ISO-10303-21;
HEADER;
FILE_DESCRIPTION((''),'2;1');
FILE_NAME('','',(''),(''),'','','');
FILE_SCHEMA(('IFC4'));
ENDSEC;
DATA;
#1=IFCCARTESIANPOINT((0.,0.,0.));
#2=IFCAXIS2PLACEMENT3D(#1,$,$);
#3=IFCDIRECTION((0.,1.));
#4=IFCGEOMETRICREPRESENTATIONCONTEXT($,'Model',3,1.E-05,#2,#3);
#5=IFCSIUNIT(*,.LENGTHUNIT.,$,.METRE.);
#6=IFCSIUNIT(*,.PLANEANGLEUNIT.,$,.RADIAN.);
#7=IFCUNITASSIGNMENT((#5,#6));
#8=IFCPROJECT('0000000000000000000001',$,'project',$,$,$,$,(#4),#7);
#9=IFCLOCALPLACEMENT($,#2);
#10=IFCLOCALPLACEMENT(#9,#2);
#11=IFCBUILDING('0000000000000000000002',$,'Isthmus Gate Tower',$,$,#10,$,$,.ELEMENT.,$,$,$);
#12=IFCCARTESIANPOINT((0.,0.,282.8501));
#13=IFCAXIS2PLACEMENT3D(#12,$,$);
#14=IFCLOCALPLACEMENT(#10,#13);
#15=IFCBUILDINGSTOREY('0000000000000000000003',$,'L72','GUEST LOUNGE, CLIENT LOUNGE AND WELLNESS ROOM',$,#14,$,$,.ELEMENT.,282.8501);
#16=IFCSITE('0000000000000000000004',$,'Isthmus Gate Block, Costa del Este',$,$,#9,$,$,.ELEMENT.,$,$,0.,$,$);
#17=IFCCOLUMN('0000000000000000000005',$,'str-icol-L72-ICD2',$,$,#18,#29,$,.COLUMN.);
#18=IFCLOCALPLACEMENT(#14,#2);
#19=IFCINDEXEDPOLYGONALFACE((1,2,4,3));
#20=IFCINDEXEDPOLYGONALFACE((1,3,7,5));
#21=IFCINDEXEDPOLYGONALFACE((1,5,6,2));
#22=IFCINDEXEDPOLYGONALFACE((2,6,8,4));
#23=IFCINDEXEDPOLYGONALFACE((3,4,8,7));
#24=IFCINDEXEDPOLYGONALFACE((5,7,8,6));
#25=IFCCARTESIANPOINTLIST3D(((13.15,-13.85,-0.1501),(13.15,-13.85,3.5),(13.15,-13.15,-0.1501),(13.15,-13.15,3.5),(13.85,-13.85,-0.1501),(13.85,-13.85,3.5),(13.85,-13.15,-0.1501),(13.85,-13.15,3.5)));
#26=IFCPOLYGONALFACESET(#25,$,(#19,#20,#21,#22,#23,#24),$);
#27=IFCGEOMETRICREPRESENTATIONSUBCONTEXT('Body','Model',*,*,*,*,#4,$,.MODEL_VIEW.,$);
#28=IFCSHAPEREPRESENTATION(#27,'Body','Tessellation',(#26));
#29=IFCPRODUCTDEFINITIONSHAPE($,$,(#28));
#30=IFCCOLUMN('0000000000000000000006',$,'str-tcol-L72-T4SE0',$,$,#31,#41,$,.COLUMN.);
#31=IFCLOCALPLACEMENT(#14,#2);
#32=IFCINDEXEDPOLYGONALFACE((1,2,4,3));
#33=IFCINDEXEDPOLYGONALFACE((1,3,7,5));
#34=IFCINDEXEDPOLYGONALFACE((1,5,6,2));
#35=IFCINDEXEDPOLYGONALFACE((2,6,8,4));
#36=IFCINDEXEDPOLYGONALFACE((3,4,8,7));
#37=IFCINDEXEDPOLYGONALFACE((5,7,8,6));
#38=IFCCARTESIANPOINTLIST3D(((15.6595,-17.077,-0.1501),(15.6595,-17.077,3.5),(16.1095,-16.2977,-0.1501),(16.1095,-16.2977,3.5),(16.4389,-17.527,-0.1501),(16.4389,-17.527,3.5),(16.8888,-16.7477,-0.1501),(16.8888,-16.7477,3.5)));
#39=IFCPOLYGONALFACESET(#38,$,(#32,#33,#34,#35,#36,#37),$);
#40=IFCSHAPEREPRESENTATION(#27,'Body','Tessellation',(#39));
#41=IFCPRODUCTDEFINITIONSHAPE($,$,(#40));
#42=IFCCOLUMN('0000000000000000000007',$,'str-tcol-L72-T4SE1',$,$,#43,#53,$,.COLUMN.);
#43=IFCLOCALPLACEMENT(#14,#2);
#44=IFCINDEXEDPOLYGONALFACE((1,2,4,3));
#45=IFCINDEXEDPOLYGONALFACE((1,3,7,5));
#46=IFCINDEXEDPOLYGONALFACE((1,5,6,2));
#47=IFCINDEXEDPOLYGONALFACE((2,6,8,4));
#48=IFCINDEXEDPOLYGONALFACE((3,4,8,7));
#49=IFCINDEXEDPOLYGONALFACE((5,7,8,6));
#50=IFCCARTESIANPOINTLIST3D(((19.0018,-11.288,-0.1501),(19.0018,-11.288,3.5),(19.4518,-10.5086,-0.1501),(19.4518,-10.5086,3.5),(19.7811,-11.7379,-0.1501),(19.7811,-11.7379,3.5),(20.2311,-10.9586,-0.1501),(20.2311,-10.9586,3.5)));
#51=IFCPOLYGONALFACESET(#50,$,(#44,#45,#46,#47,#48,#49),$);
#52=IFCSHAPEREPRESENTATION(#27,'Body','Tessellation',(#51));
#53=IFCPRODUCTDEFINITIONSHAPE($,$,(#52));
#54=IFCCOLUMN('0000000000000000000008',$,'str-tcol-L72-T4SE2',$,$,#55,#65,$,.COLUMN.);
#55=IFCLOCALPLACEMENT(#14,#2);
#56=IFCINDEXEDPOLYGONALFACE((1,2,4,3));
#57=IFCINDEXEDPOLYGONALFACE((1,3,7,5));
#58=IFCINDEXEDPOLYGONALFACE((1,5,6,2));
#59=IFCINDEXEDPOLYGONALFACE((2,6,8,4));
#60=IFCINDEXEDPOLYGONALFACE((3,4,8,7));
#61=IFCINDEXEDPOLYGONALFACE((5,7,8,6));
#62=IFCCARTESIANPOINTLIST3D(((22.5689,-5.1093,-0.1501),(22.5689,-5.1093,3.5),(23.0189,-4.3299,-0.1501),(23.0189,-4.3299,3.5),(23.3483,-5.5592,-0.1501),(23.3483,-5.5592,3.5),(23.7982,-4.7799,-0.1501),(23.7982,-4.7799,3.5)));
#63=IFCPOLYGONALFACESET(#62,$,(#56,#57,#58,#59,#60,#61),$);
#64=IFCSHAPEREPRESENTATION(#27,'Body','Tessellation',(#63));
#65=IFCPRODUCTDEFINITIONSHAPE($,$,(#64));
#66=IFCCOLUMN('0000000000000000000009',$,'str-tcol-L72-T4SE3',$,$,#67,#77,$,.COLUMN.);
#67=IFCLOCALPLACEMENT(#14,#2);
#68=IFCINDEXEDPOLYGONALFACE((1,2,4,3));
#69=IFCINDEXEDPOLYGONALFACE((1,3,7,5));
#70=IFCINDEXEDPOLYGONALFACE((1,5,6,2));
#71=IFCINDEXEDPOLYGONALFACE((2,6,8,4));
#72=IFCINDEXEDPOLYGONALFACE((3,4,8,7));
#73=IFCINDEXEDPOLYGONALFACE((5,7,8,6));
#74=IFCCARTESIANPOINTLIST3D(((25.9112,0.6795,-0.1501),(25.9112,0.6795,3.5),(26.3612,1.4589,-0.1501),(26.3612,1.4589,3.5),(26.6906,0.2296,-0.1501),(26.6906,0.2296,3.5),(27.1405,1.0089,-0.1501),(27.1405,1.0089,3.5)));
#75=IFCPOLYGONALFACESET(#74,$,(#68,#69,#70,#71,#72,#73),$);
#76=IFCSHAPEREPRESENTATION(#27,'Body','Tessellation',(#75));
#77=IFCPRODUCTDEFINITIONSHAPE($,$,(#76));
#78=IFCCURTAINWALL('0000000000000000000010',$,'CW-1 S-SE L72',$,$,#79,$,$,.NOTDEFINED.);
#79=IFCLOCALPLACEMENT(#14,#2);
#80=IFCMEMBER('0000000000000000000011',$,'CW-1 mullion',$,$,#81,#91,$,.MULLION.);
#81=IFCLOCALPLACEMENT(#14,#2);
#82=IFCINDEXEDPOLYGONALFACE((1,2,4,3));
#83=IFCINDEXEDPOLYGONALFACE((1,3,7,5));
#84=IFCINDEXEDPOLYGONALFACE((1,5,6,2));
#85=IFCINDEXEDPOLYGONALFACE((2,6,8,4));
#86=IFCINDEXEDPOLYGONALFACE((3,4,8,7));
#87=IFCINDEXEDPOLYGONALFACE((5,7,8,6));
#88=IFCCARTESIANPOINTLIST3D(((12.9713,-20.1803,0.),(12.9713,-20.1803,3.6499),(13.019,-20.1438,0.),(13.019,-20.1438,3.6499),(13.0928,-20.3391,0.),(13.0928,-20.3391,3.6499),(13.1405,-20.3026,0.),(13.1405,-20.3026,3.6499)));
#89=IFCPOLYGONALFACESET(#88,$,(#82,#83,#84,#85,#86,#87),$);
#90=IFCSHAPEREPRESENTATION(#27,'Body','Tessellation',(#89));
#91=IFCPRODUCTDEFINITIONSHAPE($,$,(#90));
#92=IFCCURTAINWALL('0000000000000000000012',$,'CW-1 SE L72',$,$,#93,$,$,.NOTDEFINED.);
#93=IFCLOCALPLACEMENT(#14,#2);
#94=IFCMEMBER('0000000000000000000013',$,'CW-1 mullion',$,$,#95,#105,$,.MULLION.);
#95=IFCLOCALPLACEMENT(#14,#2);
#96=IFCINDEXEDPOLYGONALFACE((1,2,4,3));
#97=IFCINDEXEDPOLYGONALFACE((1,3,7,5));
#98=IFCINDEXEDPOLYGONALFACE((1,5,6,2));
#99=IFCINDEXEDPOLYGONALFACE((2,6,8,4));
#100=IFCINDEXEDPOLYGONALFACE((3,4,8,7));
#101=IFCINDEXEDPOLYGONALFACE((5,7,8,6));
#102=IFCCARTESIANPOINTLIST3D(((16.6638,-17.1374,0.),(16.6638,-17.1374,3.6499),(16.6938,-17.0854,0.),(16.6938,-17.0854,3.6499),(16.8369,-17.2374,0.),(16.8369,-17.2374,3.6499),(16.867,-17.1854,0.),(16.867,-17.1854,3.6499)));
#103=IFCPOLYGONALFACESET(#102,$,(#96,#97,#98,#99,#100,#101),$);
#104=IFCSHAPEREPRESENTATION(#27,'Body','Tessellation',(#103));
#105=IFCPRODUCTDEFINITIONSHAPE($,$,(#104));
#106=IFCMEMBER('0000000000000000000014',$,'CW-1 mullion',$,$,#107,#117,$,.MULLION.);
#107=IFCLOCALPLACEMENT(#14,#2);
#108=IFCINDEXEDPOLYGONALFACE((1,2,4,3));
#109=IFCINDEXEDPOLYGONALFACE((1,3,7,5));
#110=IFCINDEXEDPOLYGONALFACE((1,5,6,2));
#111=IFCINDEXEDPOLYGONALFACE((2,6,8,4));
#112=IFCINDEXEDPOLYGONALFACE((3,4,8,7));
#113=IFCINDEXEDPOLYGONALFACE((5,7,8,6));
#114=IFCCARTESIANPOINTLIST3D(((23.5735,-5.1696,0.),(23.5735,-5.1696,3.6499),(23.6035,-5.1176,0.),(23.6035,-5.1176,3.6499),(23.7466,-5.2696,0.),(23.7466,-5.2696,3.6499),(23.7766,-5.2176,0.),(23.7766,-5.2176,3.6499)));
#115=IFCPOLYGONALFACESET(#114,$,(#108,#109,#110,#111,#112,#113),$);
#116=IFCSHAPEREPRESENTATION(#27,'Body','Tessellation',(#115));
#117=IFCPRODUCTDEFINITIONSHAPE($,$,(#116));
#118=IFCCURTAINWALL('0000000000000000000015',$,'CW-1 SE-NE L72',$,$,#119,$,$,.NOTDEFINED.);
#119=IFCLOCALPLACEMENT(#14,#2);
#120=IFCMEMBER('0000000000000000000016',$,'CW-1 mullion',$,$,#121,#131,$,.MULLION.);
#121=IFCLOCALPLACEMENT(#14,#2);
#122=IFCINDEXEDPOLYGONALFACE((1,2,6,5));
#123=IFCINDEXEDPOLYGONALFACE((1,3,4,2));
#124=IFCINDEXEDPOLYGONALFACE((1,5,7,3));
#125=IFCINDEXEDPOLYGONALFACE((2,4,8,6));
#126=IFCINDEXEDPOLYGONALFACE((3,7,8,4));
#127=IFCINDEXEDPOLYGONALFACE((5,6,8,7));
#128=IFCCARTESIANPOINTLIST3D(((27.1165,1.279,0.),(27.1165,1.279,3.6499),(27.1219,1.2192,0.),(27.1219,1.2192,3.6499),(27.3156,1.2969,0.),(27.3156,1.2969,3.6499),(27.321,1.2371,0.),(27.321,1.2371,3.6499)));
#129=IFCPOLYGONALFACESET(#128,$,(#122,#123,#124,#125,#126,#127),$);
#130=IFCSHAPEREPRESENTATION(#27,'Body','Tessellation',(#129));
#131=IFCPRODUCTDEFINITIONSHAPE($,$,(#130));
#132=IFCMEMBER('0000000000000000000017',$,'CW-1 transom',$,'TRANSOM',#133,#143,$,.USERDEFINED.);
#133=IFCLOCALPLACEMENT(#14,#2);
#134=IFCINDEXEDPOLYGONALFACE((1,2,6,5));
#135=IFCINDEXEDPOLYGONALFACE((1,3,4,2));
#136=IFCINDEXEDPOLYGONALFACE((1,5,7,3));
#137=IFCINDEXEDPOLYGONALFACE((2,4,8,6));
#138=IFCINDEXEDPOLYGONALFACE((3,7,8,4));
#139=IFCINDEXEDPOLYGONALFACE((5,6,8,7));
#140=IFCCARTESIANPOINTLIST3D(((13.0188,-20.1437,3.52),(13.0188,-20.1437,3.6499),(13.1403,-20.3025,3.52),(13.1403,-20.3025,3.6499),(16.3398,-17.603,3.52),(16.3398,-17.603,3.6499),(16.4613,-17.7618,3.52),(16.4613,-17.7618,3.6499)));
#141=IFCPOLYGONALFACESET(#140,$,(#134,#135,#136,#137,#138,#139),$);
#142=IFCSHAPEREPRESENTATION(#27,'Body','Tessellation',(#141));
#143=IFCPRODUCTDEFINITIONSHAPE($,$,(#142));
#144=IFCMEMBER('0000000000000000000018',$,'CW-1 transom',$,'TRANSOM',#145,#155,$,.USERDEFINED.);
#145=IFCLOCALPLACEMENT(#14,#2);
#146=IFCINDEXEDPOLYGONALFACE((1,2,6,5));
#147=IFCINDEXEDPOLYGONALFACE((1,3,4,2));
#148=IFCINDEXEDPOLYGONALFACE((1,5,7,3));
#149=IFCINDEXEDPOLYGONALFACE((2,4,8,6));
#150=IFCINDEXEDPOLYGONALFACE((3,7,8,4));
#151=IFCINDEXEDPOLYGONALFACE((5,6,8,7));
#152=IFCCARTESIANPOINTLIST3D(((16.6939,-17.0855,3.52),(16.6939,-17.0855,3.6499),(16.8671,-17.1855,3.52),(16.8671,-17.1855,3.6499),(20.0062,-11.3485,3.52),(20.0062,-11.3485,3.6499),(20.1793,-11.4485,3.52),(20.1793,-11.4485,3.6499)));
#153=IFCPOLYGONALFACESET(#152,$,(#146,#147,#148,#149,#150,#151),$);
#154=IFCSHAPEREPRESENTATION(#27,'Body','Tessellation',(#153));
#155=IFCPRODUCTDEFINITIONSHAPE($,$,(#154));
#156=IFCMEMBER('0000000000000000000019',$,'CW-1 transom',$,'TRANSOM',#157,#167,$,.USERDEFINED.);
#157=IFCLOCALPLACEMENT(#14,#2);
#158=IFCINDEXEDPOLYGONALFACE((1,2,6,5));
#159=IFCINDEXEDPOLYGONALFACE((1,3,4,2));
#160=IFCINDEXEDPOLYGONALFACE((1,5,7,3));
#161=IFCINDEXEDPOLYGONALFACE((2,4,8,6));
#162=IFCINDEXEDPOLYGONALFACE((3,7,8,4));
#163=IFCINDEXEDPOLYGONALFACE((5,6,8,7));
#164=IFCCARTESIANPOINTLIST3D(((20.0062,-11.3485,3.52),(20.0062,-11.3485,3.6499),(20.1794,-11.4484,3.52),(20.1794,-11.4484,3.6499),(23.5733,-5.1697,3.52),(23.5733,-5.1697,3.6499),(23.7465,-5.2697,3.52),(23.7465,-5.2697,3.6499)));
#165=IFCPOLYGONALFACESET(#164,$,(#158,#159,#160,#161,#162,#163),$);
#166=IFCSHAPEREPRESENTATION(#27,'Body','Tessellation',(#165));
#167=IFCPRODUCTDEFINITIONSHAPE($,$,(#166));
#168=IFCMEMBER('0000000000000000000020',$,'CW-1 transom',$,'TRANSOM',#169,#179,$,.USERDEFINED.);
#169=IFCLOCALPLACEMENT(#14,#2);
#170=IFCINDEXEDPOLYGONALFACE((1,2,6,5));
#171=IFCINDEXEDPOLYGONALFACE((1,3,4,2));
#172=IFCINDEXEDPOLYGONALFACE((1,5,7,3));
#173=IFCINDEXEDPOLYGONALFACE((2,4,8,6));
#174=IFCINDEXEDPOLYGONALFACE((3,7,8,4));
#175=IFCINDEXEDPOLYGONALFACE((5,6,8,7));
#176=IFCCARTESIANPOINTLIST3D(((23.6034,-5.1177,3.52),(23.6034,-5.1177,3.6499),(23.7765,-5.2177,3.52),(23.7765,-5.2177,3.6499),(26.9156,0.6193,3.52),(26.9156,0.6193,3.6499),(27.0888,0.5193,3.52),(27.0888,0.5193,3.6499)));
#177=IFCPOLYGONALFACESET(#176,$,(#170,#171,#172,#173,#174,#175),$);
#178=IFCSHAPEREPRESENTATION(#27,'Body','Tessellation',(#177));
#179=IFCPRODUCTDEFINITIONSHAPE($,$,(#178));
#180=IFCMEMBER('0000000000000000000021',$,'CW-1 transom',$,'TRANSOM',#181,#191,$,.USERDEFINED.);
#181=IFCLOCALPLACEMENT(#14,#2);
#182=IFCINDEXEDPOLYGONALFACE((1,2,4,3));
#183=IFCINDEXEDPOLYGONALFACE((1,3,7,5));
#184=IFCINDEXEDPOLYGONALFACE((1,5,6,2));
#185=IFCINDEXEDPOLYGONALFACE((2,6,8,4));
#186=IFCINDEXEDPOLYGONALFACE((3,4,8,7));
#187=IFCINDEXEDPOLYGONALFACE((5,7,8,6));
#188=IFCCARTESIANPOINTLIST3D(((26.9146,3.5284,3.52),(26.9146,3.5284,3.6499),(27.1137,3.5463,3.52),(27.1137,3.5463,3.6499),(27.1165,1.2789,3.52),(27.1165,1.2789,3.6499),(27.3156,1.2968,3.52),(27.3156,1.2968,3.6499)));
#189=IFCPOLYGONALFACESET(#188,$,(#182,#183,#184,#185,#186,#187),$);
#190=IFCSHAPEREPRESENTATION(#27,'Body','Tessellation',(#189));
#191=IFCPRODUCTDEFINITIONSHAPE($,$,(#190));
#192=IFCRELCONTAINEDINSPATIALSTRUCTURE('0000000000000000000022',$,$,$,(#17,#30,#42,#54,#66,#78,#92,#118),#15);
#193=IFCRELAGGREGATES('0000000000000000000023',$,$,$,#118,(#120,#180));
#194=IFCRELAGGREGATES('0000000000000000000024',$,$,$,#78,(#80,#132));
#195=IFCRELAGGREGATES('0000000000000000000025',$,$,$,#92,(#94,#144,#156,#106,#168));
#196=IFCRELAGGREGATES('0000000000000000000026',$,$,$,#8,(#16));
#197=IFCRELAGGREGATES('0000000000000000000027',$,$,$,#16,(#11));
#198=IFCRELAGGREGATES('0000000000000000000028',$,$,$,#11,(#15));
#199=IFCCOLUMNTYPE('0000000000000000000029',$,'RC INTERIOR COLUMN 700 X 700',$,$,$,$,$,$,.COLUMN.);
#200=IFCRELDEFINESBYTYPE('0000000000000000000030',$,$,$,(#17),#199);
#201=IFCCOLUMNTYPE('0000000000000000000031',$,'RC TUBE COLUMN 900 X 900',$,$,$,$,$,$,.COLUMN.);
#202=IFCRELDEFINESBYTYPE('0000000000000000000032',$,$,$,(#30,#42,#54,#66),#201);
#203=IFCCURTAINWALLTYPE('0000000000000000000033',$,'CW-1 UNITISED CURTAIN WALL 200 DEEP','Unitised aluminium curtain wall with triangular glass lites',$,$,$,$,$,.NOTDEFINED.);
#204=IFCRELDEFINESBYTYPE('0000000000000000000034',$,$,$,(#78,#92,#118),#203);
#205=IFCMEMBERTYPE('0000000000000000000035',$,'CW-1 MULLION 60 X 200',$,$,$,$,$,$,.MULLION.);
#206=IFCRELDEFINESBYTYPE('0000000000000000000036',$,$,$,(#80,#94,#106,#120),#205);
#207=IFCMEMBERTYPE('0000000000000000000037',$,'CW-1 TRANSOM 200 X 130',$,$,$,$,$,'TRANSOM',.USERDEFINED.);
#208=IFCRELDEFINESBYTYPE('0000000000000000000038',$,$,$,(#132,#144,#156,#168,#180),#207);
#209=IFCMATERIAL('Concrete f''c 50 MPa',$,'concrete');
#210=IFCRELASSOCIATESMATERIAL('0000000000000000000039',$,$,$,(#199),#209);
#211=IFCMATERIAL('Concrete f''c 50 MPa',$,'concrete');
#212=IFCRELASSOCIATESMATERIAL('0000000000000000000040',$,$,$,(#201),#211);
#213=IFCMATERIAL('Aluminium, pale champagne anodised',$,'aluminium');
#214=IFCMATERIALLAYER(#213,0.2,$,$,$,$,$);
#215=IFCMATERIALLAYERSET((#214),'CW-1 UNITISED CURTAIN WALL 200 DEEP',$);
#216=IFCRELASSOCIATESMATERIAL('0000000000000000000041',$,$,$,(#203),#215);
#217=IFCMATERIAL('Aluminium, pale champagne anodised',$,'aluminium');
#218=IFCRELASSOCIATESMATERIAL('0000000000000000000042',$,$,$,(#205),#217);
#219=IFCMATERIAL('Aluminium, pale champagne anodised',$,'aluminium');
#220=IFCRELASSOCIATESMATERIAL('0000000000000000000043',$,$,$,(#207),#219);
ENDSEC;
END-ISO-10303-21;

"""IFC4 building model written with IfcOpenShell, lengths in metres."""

from ifc_helpers import new_model, si_unit, direction, frame, origin, origin_2d, place, context, subcontext, project, spatial, rectangle, extrude, material, layer, layer_set, material_profile, profile_set, type_object, element, aggregate, save


model = new_model("IFC4")

# Units and contexts
model_context = context("Model", 3, precision=1e-05, world=origin(), true_north=direction((0.0, 1.0)))
body_context = subcontext(model_context, "Body", "Model", "MODEL_VIEW")
ifc_project = project(units=[si_unit("LENGTHUNIT", "METRE"), si_unit("PLANEANGLEUNIT", "RADIAN")], contexts=[model_context])

# Site, building, storey
site_placement = place(None, origin())
site = spatial("IfcSite", under=ifc_project, at=site_placement, Name="Isthmus Gate Block, Costa del Este", CompositionType="ELEMENT", RefElevation=0.0)
building_placement = place(site_placement, origin())
building = spatial("IfcBuilding", under=site, at=building_placement, Name="Isthmus Gate Tower", CompositionType="ELEMENT")
storey_placement = place(building_placement, frame((0.0, 0.0, 282.8501)))
storey = spatial("IfcBuildingStorey", under=building, at=storey_placement, Name="L72", Description="GUEST LOUNGE, CLIENT LOUNGE AND WELLNESS ROOM", CompositionType="ELEMENT", Elevation=282.8501)

# Columns
ifc_material_1 = material(Name="Concrete f'c 50 MPa", Category="concrete")
ifc_material_profile_1 = material_profile(ifc_material_1, rectangle(XDim=0.7, YDim=0.7, at=origin_2d()), Name="RC 700X700")
ifc_profile_set_1 = profile_set([ifc_material_profile_1], Name="Concrete f'c 50 MPa")
column_type_1 = type_object("IfcColumnType", Name="RC INTERIOR COLUMN 700 X 700", PredefinedType="COLUMN", material=ifc_profile_set_1)
column_placement = place(storey_placement, frame((13.5, -13.5, -0.1501), z_axis=(0.0, 0.0, 1.0), x_axis=(1.0, 0.0, 0.0)))
element("IfcColumn", 1, at=column_placement, inside=storey, type_object=column_type_1, Name="str-icol-L72-ICD2", PredefinedType="COLUMN", context=body_context, shape_type="SweptSolid", body=[
    extrude(rectangle(XDim=0.7, YDim=0.7, at=origin_2d()), origin(), (0.0, 0.0, 1.0), 3.6501),
])
ifc_material_2 = material(Name="Concrete f'c 50 MPa", Category="concrete")
ifc_material_profile_2 = material_profile(ifc_material_2, rectangle(XDim=0.8999, YDim=0.8999, at=origin_2d()), Name="RC 900X900")
ifc_profile_set_2 = profile_set([ifc_material_profile_2], Name="Concrete f'c 50 MPa")
column_type_2 = type_object("IfcColumnType", Name="RC TUBE COLUMN 900 X 900", PredefinedType="COLUMN", material=ifc_profile_set_2)
for number, where, z_axis, x_axis, name in (
    (2, (16.2742, -16.9124, -0.1501), (0.0, 0.0, 1.0), (0.5, 0.866025, 0.0), "str-tcol-L72-T4SE0"),
    (3, (19.6165, -11.1233, -0.1501), (0.0, 0.0, 1.0), (0.5, 0.866025, 0.0), "str-tcol-L72-T4SE1"),
    (4, (23.1836, -4.9446, -0.1501), (0.0, 0.0, 1.0), (0.5, 0.866025, 0.0), "str-tcol-L72-T4SE2"),
    (5, (26.5259, 0.8442, -0.1501), (0.0, 0.0, 1.0), (0.5, 0.866025, 0.0), "str-tcol-L72-T4SE3"),
):
    element("IfcColumn", number, at=place(storey_placement, frame(where, z_axis=z_axis, x_axis=x_axis)), inside=storey, type_object=column_type_2, Name=name, PredefinedType="COLUMN", context=body_context, shape_type="SweptSolid", body=[
        extrude(rectangle(XDim=0.8999, YDim=0.8999, at=origin_2d()), origin(), (0.0, 0.0, 1.0), 3.6501),
    ])

# Curtain wall, member
ifc_material_3 = material(Name="Aluminium, pale champagne anodised", Category="aluminium")
ifc_layer_1 = layer(ifc_material_3, 0.2)
ifc_layer_set_1 = layer_set([ifc_layer_1], Name="CW-1 UNITISED CURTAIN WALL 200 DEEP")
curtain_wall_type = type_object("IfcCurtainWallType", Name="CW-1 UNITISED CURTAIN WALL 200 DEEP", Description="Unitised aluminium curtain wall with triangular glass lites", PredefinedType="NOTDEFINED", material=ifc_layer_set_1)
curtain_wall_1_placement = place(storey_placement, origin())
curtain_wall_1 = element("IfcCurtainWall", 6, at=curtain_wall_1_placement, inside=storey, type_object=curtain_wall_type, Name="CW-1 S-SE L72", PredefinedType="NOTDEFINED")
ifc_material_4 = material(Name="Aluminium, pale champagne anodised", Category="aluminium")
ifc_material_profile_3 = material_profile(ifc_material_4, rectangle(XDim=0.0601, YDim=0.2, at=origin_2d()), Name="60x200")
ifc_profile_set_3 = profile_set([ifc_material_profile_3], Name="Aluminium, pale champagne anodised")
member_type_1 = type_object("IfcMemberType", Name="CW-1 MULLION 60 X 200", PredefinedType="MULLION", material=ifc_profile_set_3)
member_1_placement = place(storey_placement, frame((13.0559, -20.2415, 0.0), z_axis=(0.0, 0.0, 1.0), x_axis=(0.794189, 0.607671, 0.0)))
member_1 = element("IfcMember", 7, at=member_1_placement, type_object=member_type_1, Name="CW-1 mullion", PredefinedType="MULLION", context=body_context, shape_type="SweptSolid", body=[
    extrude(rectangle(XDim=0.0601, YDim=0.2, at=origin_2d()), origin(), (0.0, 0.0, 1.0), 3.6499),
])

# Curtain wall, members
curtain_wall_2_placement = place(storey_placement, origin())
curtain_wall_2 = element("IfcCurtainWall", 8, at=curtain_wall_2_placement, inside=storey, type_object=curtain_wall_type, Name="CW-1 SE L72", PredefinedType="NOTDEFINED")
member_2_placement = place(storey_placement, frame((16.7654, -17.1614, 0.0), z_axis=(0.0, 0.0, 1.0), x_axis=(0.5, 0.866025, 0.0)))
member_2 = element("IfcMember", 9, at=member_2_placement, type_object=member_type_1, Name="CW-1 mullion", PredefinedType="MULLION", context=body_context, shape_type="SweptSolid", body=[
    extrude(rectangle(XDim=0.0601, YDim=0.2, at=origin_2d()), origin(), (0.0, 0.0, 1.0), 3.6499),
])
member_3_placement = place(storey_placement, frame((23.675, -5.1936, 0.0), z_axis=(0.0, 0.0, 1.0), x_axis=(0.5, 0.866025, 0.0)))
member_3 = element("IfcMember", 10, at=member_3_placement, type_object=member_type_1, Name="CW-1 mullion", PredefinedType="MULLION", context=body_context, shape_type="SweptSolid", body=[
    extrude(rectangle(XDim=0.0601, YDim=0.2, at=origin_2d()), origin(), (0.0, 0.0, 1.0), 3.6499),
])

# Curtain wall, member
curtain_wall_3_placement = place(storey_placement, origin())
curtain_wall_3 = element("IfcCurtainWall", 11, at=curtain_wall_3_placement, inside=storey, type_object=curtain_wall_type, Name="CW-1 SE-NE L72", PredefinedType="NOTDEFINED")
member_4_placement = place(storey_placement, frame((27.2188, 1.2581, 0.0), z_axis=(0.0, 0.0, 1.0), x_axis=(-0.089397, 0.995996, 0.0)))
member_4 = element("IfcMember", 12, at=member_4_placement, type_object=member_type_1, Name="CW-1 mullion", PredefinedType="MULLION", context=body_context, shape_type="SweptSolid", body=[
    extrude(rectangle(XDim=0.0601, YDim=0.2, at=origin_2d()), origin(), (0.0, 0.0, 1.0), 3.6499),
])

# Members
ifc_material_5 = material(Name="Aluminium, pale champagne anodised", Category="aluminium")
ifc_material_profile_4 = material_profile(ifc_material_5, rectangle(XDim=0.2, YDim=0.1299, at=origin_2d()), Name="200x130")
ifc_profile_set_4 = profile_set([ifc_material_profile_4], Name="Aluminium, pale champagne anodised")
member_type_2 = type_object("IfcMemberType", Name="CW-1 TRANSOM 200 X 130", ElementType="TRANSOM", PredefinedType="USERDEFINED", material=ifc_profile_set_4)
member_5_placement = place(storey_placement, frame((13.0796, -20.2231, 3.585), z_axis=(0.794225, 0.607623, 0.0), x_axis=(-0.607623, 0.794225, 0.0)))
member_5 = element("IfcMember", 13, at=member_5_placement, type_object=member_type_2, Name="CW-1 transom", ObjectType="TRANSOM", PredefinedType="USERDEFINED", context=body_context, shape_type="SweptSolid", body=[
    extrude(rectangle(XDim=0.2, YDim=0.1299, at=origin_2d()), origin(), (0.0, 0.0, 1.0), 4.1814),
])
member_6_placement = place(storey_placement, frame((16.7805, -17.1355, 3.585), z_axis=(0.499996, 0.866028, 0.0), x_axis=(-0.866028, 0.499996, 0.0)))
member_6 = element("IfcMember", 14, at=member_6_placement, type_object=member_type_2, Name="CW-1 transom", ObjectType="TRANSOM", PredefinedType="USERDEFINED", context=body_context, shape_type="SweptSolid", body=[
    extrude(rectangle(XDim=0.2, YDim=0.1299, at=origin_2d()), origin(), (0.0, 0.0, 1.0), 6.6245),
])
member_7_placement = place(storey_placement, frame((20.0928, -11.3984, 3.585), z_axis=(0.499985, 0.866034, 0.0), x_axis=(-0.866034, 0.499985, 0.0)))
member_7 = element("IfcMember", 15, at=member_7_placement, type_object=member_type_2, Name="CW-1 transom", ObjectType="TRANSOM", PredefinedType="USERDEFINED", context=body_context, shape_type="SweptSolid", body=[
    extrude(rectangle(XDim=0.2, YDim=0.1299, at=origin_2d()), origin(), (0.0, 0.0, 1.0), 7.1345),
])
member_8_placement = place(storey_placement, frame((23.6899, -5.1677, 3.585), z_axis=(0.499996, 0.866028, 0.0), x_axis=(-0.866028, 0.499996, 0.0)))
member_8 = element("IfcMember", 16, at=member_8_placement, type_object=member_type_2, Name="CW-1 transom", ObjectType="TRANSOM", PredefinedType="USERDEFINED", context=body_context, shape_type="SweptSolid", body=[
    extrude(rectangle(XDim=0.2, YDim=0.1299, at=origin_2d()), origin(), (0.0, 0.0, 1.0), 6.6245),
])
member_9_placement = place(storey_placement, frame((27.2161, 1.2878, 3.585), z_axis=(-0.089395, 0.995996, 0.0), x_axis=(-0.995996, -0.089395, 0.0)))
member_9 = element("IfcMember", 17, at=member_9_placement, type_object=member_type_2, Name="CW-1 transom", ObjectType="TRANSOM", PredefinedType="USERDEFINED", context=body_context, shape_type="SweptSolid", body=[
    extrude(rectangle(XDim=0.2, YDim=0.1299, at=origin_2d()), origin(), (0.0, 0.0, 1.0), 2.2585),
])
aggregate(curtain_wall_3, [member_4, member_9])

aggregate(curtain_wall_1, [member_1, member_5])
aggregate(curtain_wall_2, [member_2, member_6, member_7, member_3, member_8])

save(model, "model.ifc")
